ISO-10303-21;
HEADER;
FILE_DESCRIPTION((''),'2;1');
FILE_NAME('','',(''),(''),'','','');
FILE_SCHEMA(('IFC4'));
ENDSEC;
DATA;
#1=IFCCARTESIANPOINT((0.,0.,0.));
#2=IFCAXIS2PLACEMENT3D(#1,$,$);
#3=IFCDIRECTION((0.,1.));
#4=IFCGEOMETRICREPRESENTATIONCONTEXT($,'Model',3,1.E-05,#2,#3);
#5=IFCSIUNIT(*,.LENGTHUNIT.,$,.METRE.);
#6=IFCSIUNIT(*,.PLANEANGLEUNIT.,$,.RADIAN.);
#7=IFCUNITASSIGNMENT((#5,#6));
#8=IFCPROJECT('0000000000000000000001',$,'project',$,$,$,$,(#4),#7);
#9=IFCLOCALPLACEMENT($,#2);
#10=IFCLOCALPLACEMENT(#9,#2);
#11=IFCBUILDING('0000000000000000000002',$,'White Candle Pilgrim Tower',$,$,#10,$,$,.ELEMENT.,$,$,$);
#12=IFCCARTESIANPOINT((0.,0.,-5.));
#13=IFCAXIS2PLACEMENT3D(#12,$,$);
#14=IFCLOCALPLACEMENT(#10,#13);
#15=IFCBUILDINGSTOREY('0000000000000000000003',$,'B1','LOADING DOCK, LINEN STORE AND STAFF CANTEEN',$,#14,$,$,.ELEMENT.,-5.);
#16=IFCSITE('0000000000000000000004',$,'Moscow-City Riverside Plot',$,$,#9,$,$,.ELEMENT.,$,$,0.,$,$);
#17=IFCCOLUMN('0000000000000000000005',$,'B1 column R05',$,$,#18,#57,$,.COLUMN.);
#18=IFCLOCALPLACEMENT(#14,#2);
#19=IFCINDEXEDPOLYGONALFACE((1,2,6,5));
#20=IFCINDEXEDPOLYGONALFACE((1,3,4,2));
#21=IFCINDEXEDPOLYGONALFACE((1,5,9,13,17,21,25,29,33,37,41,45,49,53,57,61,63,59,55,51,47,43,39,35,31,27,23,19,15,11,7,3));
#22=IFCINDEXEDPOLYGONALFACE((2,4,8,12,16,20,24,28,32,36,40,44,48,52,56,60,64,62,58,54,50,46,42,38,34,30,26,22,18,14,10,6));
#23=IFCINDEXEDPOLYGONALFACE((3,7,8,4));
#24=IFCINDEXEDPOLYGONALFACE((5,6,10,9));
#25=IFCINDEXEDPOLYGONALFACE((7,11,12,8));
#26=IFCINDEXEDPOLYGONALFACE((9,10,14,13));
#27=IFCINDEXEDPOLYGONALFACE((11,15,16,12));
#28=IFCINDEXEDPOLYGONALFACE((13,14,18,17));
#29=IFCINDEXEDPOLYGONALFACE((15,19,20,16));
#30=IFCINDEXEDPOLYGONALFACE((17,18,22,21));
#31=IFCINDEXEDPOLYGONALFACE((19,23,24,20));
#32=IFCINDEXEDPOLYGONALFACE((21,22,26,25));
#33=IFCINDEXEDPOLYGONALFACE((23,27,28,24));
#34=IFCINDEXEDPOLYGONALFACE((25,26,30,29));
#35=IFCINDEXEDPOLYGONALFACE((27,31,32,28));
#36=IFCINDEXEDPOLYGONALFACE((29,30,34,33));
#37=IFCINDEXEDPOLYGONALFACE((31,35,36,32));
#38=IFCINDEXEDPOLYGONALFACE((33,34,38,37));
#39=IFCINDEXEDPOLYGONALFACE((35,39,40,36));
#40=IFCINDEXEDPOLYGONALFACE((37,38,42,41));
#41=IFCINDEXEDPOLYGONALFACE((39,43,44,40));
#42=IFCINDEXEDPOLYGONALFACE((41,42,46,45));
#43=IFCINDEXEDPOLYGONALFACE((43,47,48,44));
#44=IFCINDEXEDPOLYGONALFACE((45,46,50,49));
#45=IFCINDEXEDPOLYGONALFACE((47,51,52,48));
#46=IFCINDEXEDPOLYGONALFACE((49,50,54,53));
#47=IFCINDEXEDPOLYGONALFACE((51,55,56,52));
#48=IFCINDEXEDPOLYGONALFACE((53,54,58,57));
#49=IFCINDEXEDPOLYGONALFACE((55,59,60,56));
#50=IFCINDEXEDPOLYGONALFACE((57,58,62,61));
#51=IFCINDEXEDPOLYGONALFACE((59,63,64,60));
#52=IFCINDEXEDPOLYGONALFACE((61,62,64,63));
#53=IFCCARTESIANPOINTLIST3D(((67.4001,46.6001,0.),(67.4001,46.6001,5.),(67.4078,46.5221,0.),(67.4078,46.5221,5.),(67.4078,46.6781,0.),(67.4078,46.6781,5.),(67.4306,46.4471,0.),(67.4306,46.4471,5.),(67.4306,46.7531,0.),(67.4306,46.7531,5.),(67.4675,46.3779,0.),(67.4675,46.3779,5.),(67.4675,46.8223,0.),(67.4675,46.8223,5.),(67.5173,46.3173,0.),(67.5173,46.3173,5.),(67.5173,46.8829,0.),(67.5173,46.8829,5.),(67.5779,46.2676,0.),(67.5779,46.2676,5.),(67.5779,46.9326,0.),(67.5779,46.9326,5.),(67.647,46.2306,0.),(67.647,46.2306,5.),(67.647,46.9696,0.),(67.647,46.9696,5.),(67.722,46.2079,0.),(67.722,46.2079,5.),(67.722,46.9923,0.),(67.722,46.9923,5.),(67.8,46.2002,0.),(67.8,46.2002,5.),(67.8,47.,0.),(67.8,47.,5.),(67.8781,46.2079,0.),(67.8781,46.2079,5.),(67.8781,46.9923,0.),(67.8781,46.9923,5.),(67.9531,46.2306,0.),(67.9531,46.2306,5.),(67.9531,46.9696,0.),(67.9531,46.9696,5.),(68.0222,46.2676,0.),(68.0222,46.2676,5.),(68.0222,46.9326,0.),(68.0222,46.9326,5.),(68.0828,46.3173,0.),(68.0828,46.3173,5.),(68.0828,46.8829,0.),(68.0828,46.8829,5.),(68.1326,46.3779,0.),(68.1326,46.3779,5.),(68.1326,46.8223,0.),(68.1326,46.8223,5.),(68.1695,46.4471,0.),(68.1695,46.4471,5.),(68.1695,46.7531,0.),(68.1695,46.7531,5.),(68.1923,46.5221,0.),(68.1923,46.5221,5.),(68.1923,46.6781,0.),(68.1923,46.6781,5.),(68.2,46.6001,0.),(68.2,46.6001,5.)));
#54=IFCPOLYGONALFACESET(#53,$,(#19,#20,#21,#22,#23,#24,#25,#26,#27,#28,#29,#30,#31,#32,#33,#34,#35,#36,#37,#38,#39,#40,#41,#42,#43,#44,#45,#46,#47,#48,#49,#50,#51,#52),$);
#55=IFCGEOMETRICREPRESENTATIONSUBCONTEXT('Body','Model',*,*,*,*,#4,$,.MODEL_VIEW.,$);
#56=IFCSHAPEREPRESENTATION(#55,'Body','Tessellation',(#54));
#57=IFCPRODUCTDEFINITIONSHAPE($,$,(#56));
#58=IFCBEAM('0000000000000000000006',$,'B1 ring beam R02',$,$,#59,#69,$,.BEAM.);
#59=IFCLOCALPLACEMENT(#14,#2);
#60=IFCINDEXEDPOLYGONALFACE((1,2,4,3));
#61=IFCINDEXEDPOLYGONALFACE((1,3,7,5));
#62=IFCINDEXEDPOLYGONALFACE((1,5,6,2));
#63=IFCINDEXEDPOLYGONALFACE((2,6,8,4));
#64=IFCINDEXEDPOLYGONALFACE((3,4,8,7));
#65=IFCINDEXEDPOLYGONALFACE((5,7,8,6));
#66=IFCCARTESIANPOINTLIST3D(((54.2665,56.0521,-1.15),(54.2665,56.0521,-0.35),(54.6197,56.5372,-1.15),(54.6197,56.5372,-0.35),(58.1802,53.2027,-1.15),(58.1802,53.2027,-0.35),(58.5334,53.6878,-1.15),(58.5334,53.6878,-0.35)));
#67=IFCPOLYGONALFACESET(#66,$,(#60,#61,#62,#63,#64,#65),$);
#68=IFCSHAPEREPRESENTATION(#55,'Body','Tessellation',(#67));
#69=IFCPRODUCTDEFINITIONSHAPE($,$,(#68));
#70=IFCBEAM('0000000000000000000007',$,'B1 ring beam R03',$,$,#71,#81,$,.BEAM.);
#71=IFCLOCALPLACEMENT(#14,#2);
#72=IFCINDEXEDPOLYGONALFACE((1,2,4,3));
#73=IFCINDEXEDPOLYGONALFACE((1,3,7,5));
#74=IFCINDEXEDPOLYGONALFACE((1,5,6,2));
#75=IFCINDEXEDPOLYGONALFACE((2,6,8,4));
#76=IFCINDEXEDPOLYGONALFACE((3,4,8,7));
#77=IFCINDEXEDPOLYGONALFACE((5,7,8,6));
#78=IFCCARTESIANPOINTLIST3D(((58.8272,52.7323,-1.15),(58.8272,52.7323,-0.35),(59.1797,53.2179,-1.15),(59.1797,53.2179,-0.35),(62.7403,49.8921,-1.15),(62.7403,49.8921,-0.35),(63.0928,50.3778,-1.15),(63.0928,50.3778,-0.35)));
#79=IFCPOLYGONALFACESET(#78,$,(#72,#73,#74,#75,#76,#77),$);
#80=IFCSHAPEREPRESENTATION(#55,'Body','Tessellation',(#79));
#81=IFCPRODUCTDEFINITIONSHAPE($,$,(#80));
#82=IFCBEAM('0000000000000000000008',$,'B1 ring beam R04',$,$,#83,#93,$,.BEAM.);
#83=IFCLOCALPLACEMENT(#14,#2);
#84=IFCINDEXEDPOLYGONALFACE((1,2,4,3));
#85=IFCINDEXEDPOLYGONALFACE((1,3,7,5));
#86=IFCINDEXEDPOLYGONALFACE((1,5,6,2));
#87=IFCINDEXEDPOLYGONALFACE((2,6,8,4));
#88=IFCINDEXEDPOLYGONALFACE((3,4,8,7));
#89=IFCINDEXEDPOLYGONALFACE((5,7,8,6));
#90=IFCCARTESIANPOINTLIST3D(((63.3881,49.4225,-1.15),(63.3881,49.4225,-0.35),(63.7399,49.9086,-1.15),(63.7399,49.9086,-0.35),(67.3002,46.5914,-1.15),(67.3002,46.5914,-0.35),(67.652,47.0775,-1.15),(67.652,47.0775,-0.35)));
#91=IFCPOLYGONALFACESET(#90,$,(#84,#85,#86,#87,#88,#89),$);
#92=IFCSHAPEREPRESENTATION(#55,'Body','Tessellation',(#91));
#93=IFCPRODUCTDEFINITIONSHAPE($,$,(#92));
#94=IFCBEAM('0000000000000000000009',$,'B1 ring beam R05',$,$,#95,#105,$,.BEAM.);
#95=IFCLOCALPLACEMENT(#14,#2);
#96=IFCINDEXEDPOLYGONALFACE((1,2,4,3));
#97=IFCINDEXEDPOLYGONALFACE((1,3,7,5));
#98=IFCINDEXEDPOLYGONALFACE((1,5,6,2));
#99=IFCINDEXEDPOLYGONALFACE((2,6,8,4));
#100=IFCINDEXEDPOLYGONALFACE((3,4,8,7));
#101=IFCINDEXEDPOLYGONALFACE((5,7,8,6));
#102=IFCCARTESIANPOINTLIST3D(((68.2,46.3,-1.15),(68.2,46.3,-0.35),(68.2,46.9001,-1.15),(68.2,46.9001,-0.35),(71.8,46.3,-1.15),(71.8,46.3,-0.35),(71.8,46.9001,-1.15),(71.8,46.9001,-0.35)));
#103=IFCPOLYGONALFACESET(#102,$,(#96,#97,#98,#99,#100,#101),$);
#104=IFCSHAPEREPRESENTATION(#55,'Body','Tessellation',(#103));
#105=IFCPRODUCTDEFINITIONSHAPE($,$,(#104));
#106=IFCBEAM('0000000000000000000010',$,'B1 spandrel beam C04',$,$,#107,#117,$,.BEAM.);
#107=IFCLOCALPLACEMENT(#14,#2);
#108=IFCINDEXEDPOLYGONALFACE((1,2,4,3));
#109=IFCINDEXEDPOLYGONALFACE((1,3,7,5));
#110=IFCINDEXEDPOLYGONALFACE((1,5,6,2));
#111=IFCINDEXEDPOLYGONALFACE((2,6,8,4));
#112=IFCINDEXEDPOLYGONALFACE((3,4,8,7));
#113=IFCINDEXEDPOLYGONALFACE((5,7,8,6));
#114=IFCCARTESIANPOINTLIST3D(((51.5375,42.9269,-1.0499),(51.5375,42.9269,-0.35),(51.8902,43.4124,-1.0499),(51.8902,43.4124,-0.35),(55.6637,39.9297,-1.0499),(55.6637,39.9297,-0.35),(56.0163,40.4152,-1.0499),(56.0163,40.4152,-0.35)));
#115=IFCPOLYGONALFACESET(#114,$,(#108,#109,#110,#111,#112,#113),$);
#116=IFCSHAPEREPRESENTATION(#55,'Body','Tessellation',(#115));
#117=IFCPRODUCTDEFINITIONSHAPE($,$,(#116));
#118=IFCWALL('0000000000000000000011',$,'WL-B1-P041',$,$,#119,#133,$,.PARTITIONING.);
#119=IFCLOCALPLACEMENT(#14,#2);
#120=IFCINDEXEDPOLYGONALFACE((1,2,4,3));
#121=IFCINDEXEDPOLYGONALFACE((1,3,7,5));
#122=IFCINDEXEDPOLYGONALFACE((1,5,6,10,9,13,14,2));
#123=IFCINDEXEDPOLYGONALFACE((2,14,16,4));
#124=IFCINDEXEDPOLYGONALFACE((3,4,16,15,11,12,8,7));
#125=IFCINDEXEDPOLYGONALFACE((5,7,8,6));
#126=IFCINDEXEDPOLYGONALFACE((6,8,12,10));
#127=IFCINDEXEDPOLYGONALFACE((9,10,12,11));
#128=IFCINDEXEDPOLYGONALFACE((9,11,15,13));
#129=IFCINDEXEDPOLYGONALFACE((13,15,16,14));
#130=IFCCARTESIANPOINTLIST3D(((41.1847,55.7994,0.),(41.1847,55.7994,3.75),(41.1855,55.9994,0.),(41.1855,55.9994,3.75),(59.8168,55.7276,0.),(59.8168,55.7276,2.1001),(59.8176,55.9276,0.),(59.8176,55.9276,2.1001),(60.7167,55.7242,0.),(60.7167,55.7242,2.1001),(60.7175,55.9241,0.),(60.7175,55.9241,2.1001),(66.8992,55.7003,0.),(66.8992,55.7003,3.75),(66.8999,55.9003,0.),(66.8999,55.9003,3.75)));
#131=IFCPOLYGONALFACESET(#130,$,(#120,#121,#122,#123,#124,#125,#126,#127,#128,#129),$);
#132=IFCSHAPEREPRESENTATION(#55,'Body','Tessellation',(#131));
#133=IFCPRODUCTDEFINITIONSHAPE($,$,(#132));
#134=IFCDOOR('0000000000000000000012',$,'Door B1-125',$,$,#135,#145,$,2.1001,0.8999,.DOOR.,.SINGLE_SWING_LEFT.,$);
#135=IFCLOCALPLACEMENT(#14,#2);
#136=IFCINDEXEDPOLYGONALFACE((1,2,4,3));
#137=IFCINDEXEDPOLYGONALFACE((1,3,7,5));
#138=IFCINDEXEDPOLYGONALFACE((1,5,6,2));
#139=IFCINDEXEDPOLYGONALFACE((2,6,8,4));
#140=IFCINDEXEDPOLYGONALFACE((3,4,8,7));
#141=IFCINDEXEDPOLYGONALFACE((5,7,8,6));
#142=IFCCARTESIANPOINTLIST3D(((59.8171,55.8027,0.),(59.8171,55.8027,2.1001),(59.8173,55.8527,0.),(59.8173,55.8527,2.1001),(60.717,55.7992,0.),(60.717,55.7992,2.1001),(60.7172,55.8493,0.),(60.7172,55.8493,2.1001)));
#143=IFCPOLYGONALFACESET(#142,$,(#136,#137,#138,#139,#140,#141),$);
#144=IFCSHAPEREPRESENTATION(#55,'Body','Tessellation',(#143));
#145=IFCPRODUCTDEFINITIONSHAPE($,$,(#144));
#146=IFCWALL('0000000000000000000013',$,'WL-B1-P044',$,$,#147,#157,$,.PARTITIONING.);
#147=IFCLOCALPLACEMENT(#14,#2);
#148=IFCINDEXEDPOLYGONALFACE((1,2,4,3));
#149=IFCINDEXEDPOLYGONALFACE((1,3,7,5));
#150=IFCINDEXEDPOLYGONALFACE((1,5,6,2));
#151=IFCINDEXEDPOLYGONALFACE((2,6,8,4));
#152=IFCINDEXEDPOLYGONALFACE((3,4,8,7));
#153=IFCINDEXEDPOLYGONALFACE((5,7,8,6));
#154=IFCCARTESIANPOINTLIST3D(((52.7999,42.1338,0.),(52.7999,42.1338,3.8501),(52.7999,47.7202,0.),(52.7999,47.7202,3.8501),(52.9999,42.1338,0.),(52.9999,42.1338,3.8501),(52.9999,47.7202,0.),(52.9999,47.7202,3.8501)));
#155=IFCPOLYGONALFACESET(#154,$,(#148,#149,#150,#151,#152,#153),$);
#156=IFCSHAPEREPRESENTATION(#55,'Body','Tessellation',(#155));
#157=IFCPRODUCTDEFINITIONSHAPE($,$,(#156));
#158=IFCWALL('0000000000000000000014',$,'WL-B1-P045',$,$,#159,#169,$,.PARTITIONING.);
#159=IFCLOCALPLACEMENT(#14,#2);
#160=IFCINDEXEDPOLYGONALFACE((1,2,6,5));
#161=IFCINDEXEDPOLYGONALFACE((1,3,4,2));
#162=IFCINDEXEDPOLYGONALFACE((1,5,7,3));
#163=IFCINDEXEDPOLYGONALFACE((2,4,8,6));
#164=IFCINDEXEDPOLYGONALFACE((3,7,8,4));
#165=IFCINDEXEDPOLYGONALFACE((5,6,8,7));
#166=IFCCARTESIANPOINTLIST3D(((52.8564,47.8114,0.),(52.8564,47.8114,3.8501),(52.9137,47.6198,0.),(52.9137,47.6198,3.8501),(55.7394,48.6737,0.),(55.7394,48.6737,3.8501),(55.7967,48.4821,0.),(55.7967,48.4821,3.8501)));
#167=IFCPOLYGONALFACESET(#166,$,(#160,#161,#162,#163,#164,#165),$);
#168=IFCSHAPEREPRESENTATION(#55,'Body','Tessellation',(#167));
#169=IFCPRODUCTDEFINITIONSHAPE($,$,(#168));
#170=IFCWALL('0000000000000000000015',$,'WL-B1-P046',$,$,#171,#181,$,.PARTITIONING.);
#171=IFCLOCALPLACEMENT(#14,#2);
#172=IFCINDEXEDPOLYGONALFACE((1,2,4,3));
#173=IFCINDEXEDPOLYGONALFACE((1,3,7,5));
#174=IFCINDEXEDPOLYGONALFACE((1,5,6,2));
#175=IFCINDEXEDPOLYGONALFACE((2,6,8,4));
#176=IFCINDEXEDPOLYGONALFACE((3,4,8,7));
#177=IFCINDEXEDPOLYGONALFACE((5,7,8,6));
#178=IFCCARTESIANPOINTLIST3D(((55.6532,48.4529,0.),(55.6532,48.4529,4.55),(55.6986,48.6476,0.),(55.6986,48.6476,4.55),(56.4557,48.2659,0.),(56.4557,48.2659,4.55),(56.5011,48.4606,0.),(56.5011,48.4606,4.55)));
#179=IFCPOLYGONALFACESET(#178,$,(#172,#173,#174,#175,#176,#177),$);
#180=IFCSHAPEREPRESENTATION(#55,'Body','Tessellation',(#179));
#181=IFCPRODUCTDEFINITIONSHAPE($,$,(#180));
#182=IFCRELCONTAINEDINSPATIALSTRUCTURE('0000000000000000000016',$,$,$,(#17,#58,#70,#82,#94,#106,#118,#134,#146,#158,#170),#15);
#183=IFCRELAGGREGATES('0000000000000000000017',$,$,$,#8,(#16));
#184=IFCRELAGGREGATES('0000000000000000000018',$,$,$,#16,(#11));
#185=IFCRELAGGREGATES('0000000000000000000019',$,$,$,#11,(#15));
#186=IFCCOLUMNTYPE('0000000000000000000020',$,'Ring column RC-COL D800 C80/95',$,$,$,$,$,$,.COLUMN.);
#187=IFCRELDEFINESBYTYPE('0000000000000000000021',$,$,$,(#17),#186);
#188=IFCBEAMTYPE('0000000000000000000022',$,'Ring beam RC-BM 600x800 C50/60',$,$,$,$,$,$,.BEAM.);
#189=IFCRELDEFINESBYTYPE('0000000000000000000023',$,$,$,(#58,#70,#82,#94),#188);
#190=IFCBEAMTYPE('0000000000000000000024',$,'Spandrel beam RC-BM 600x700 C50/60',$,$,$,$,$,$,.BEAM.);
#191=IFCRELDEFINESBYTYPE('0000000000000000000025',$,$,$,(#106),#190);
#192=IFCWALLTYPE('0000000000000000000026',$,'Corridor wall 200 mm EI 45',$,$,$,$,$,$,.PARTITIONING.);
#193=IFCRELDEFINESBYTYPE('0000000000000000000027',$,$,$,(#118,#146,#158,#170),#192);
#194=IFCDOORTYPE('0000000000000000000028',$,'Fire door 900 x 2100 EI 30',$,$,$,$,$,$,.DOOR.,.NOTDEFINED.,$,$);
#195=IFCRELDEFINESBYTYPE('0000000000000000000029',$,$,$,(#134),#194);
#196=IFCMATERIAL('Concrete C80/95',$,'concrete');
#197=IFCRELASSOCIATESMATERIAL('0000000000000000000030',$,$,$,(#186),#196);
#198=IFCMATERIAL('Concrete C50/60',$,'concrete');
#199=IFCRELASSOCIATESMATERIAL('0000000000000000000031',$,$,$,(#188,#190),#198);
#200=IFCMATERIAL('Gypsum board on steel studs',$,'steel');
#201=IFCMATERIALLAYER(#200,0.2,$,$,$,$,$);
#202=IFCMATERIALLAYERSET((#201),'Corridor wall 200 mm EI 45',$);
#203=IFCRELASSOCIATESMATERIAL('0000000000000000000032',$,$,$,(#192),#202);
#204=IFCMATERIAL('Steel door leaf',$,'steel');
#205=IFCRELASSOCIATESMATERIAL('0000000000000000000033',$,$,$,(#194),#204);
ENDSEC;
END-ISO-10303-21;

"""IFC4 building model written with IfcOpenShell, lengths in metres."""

from ifc_helpers import new_model, si_unit, direction, frame, frame_2d, origin, origin_2d, place, context, subcontext, project, spatial, rectangle, circle, extrude, material, layer, layer_set, material_profile, profile_set, type_object, element, fill, save


model = new_model("IFC4")

# Units and contexts
model_context = context("Model", 3, precision=1e-05, world=origin(), true_north=direction((0.0, 1.0)))
body_context = subcontext(model_context, "Body", "Model", "MODEL_VIEW")
ifc_project = project(units=[si_unit("LENGTHUNIT", "METRE"), si_unit("PLANEANGLEUNIT", "RADIAN")], contexts=[model_context])

# Site, building, storey
site_placement = place(None, origin())
site = spatial("IfcSite", under=ifc_project, at=site_placement, Name="Moscow-City Riverside Plot", CompositionType="ELEMENT", RefElevation=0.0)
building_placement = place(site_placement, origin())
building = spatial("IfcBuilding", under=site, at=building_placement, Name="White Candle Pilgrim Tower", CompositionType="ELEMENT")
storey_placement = place(building_placement, frame((0.0, 0.0, -5.0)))
storey = spatial("IfcBuildingStorey", under=building, at=storey_placement, Name="B1", Description="LOADING DOCK, LINEN STORE AND STAFF CANTEEN", CompositionType="ELEMENT", Elevation=-5.0)

# Column
ifc_material_1 = material(Name="Concrete C80/95", Category="concrete")
ifc_material_profile_1 = material_profile(ifc_material_1, circle(Radius=0.3999, at=origin_2d()), Name="RC-COL D800")
ifc_profile_set_1 = profile_set([ifc_material_profile_1], Name="Concrete C80/95")
column_type_1 = type_object("IfcColumnType", Name="Ring column RC-COL D800 C80/95", PredefinedType="COLUMN", material=ifc_profile_set_1)
for number, where, z_axis, x_axis, name in (
    (1, (67.8, 46.6001, 0.0), (0.0, 0.0, 1.0), (1.0, 0.0, 0.0), "B1 column R05"),
):
    element("IfcColumn", number, at=place(storey_placement, frame(where, z_axis=z_axis, x_axis=x_axis)), inside=storey, type_object=column_type_1, Name=name, PredefinedType="COLUMN", context=body_context, shape_type="SweptSolid", body=[
        extrude(circle(Radius=0.3999, at=origin_2d()), origin(), (0.0, 0.0, 1.0), 5.0),
    ])

# Beams
ifc_material_2 = material(Name="Concrete C50/60", Category="concrete")
ifc_material_profile_2 = material_profile(ifc_material_2, rectangle(XDim=0.6001, YDim=0.8, at=origin_2d()), Name="RC-BM 600x800")
ifc_profile_set_2 = profile_set([ifc_material_profile_2], Name="Concrete C50/60")
beam_type_1 = type_object("IfcBeamType", Name="Ring beam RC-BM 600x800 C50/60", PredefinedType="BEAM", material=ifc_profile_set_2)
beam_1_placement = place(storey_placement, frame((54.4431, 56.2947, -0.75), z_axis=(0.808428, -0.588594, 0.0), x_axis=(0.588594, 0.808428, 0.0)))
element("IfcBeam", 2, at=beam_1_placement, inside=storey, type_object=beam_type_1, Name="B1 ring beam R02", PredefinedType="BEAM", context=body_context, shape_type="SweptSolid", body=[
    extrude(rectangle(XDim=0.6001, YDim=0.8, at=origin_2d()), origin(), (0.0, 0.0, 1.0), 4.8411),
])
beam_2_placement = place(storey_placement, frame((59.0034, 52.9751, -0.75), z_axis=(0.809306, -0.587388, 0.0), x_axis=(0.587388, 0.809306, 0.0)))
element("IfcBeam", 3, at=beam_2_placement, inside=storey, type_object=beam_type_1, Name="B1 ring beam R03", PredefinedType="BEAM", context=body_context, shape_type="SweptSolid", body=[
    extrude(rectangle(XDim=0.6001, YDim=0.8, at=origin_2d()), origin(), (0.0, 0.0, 1.0), 4.8352),
])
beam_3_placement = place(storey_placement, frame((63.564, 49.6655, -0.75), z_axis=(0.810124, -0.586258, 0.0), x_axis=(0.586258, 0.810124, 0.0)))
element("IfcBeam", 4, at=beam_3_placement, inside=storey, type_object=beam_type_1, Name="B1 ring beam R04", PredefinedType="BEAM", context=body_context, shape_type="SweptSolid", body=[
    extrude(rectangle(XDim=0.6001, YDim=0.8, at=origin_2d()), origin(), (0.0, 0.0, 1.0), 4.8291),
])
beam_4_placement = place(storey_placement, frame((68.2, 46.6001, -0.75), z_axis=(1.0, 0.0, 0.0), x_axis=(0.0, 1.0, 0.0)))
element("IfcBeam", 5, at=beam_4_placement, inside=storey, type_object=beam_type_1, Name="B1 ring beam R05", PredefinedType="BEAM", context=body_context, shape_type="SweptSolid", body=[
    extrude(rectangle(XDim=0.6001, YDim=0.8, at=origin_2d()), origin(), (0.0, 0.0, 1.0), 3.6001),
])
ifc_material_profile_3 = material_profile(ifc_material_2, rectangle(XDim=0.6001, YDim=0.7, at=origin_2d()), Name="RC-BM 600x700")
ifc_profile_set_3 = profile_set([ifc_material_profile_3], Name="Concrete C50/60")
beam_type_2 = type_object("IfcBeamType", Name="Spandrel beam RC-BM 600x700 C50/60", PredefinedType="BEAM", material=ifc_profile_set_3)
beam_5_placement = place(storey_placement, frame((51.7139, 43.1697, -0.7), z_axis=(0.809069, -0.587713, 0.0), x_axis=(0.587713, 0.809069, 0.0)))
element("IfcBeam", 6, at=beam_5_placement, inside=storey, type_object=beam_type_2, Name="B1 spandrel beam C04", PredefinedType="BEAM", context=body_context, shape_type="SweptSolid", body=[
    extrude(rectangle(XDim=0.6001, YDim=0.7, at=origin_2d()), origin(), (0.0, 0.0, 1.0), 5.0999),
])

# Wall, opening, door
ifc_material_3 = material(Name="Gypsum board on steel studs", Category="steel")
ifc_layer_1 = layer(ifc_material_3, 0.2)
ifc_layer_set_1 = layer_set([ifc_layer_1], Name="Corridor wall 200 mm EI 45")
wall_type_1 = type_object("IfcWallType", Name="Corridor wall 200 mm EI 45", PredefinedType="PARTITIONING", material=ifc_layer_set_1)
wall_1_placement = place(storey_placement, frame((66.8997, 55.8003, 0.0), z_axis=(0.0, 0.0, 1.0), x_axis=(-0.999993, 0.003855, 0.0)))
wall_1 = element("IfcWall", 7, at=wall_1_placement, inside=storey, type_object=wall_type_1, Name="WL-B1-P041", PredefinedType="PARTITIONING", context=body_context, shape_type="SweptSolid", body=[
    extrude(rectangle(XDim=25.7146, YDim=0.2, at=frame_2d((12.8574, 0.0))), origin(), (0.0, 0.0, 1.0), 3.75),
])
opening_1_placement = place(wall_1_placement, frame((6.1826, 0.0, 0.0)))
opening_1 = element("IfcOpeningElement", 8, at=opening_1_placement, cuts=wall_1, PredefinedType="OPENING", context=body_context, shape_type="SweptSolid", body=[
    extrude(rectangle(XDim=0.8999, YDim=2.1001, at=frame_2d((0.45, 1.05))), frame((0.0, 0.1099, 0.0), z_axis=(0.0, -1.0, 0.0), x_axis=(1.0, 0.0, 0.0)), (0.0, 0.0, 1.0), 0.22),
])
ifc_material_4 = material(Name="Steel door leaf", Category="steel")
door_type = type_object("IfcDoorType", Name="Fire door 900 x 2100 EI 30", OperationType="NOTDEFINED", PredefinedType="DOOR", material=ifc_material_4)
door_1_placement = place(opening_1_placement, origin())
door_1 = element("IfcDoor", 9, at=door_1_placement, inside=storey, type_object=door_type, Name="Door B1-125", OperationType="SINGLE_SWING_LEFT", OverallHeight=2.1001, OverallWidth=0.8999, PredefinedType="DOOR", context=body_context, shape_type="SweptSolid", body=[
    extrude(rectangle(XDim=0.8999, YDim=2.1001, at=frame_2d((0.45, 1.05))), frame((0.0, 0.0249, 0.0), z_axis=(0.0, -1.0, 0.0), x_axis=(1.0, 0.0, 0.0)), (0.0, 0.0, 1.0), 0.05),
])
fill(opening_1, door_1)

# Walls
wall_2_placement = place(storey_placement, frame((52.8999, 42.1338, 0.0), z_axis=(0.0, 0.0, 1.0), x_axis=(0.0, 1.0, 0.0)))
element("IfcWall", 10, at=wall_2_placement, inside=storey, type_object=wall_type_1, Name="WL-B1-P044", PredefinedType="PARTITIONING", context=body_context, shape_type="SweptSolid", body=[
    extrude(rectangle(XDim=5.5864, YDim=0.2, at=frame_2d((2.7932, 0.0))), origin(), (0.0, 0.0, 1.0), 3.8501),
])
wall_3_placement = place(storey_placement, frame((52.885, 47.7156, 0.0), z_axis=(0.0, 0.0, 1.0), x_axis=(0.958065, 0.286551, 0.0)))
element("IfcWall", 11, at=wall_3_placement, inside=storey, type_object=wall_type_1, Name="WL-B1-P045", PredefinedType="PARTITIONING", context=body_context, shape_type="SweptSolid", body=[
    extrude(rectangle(XDim=3.0093, YDim=0.2, at=frame_2d((1.5046, 0.0))), origin(), (0.0, 0.0, 1.0), 3.8501),
])
wall_4_placement = place(storey_placement, frame((55.6758, 48.5503, 0.0), z_axis=(0.0, 0.0, 1.0), x_axis=(0.973905, -0.226958, 0.0)))
element("IfcWall", 12, at=wall_4_placement, inside=storey, type_object=wall_type_1, Name="WL-B1-P046", PredefinedType="PARTITIONING", context=body_context, shape_type="SweptSolid", body=[
    extrude(rectangle(XDim=0.824, YDim=0.2, at=frame_2d((0.4121, 0.0))), origin(), (0.0, 0.0, 1.0), 4.55),
])

save(model, "model.ifc")
